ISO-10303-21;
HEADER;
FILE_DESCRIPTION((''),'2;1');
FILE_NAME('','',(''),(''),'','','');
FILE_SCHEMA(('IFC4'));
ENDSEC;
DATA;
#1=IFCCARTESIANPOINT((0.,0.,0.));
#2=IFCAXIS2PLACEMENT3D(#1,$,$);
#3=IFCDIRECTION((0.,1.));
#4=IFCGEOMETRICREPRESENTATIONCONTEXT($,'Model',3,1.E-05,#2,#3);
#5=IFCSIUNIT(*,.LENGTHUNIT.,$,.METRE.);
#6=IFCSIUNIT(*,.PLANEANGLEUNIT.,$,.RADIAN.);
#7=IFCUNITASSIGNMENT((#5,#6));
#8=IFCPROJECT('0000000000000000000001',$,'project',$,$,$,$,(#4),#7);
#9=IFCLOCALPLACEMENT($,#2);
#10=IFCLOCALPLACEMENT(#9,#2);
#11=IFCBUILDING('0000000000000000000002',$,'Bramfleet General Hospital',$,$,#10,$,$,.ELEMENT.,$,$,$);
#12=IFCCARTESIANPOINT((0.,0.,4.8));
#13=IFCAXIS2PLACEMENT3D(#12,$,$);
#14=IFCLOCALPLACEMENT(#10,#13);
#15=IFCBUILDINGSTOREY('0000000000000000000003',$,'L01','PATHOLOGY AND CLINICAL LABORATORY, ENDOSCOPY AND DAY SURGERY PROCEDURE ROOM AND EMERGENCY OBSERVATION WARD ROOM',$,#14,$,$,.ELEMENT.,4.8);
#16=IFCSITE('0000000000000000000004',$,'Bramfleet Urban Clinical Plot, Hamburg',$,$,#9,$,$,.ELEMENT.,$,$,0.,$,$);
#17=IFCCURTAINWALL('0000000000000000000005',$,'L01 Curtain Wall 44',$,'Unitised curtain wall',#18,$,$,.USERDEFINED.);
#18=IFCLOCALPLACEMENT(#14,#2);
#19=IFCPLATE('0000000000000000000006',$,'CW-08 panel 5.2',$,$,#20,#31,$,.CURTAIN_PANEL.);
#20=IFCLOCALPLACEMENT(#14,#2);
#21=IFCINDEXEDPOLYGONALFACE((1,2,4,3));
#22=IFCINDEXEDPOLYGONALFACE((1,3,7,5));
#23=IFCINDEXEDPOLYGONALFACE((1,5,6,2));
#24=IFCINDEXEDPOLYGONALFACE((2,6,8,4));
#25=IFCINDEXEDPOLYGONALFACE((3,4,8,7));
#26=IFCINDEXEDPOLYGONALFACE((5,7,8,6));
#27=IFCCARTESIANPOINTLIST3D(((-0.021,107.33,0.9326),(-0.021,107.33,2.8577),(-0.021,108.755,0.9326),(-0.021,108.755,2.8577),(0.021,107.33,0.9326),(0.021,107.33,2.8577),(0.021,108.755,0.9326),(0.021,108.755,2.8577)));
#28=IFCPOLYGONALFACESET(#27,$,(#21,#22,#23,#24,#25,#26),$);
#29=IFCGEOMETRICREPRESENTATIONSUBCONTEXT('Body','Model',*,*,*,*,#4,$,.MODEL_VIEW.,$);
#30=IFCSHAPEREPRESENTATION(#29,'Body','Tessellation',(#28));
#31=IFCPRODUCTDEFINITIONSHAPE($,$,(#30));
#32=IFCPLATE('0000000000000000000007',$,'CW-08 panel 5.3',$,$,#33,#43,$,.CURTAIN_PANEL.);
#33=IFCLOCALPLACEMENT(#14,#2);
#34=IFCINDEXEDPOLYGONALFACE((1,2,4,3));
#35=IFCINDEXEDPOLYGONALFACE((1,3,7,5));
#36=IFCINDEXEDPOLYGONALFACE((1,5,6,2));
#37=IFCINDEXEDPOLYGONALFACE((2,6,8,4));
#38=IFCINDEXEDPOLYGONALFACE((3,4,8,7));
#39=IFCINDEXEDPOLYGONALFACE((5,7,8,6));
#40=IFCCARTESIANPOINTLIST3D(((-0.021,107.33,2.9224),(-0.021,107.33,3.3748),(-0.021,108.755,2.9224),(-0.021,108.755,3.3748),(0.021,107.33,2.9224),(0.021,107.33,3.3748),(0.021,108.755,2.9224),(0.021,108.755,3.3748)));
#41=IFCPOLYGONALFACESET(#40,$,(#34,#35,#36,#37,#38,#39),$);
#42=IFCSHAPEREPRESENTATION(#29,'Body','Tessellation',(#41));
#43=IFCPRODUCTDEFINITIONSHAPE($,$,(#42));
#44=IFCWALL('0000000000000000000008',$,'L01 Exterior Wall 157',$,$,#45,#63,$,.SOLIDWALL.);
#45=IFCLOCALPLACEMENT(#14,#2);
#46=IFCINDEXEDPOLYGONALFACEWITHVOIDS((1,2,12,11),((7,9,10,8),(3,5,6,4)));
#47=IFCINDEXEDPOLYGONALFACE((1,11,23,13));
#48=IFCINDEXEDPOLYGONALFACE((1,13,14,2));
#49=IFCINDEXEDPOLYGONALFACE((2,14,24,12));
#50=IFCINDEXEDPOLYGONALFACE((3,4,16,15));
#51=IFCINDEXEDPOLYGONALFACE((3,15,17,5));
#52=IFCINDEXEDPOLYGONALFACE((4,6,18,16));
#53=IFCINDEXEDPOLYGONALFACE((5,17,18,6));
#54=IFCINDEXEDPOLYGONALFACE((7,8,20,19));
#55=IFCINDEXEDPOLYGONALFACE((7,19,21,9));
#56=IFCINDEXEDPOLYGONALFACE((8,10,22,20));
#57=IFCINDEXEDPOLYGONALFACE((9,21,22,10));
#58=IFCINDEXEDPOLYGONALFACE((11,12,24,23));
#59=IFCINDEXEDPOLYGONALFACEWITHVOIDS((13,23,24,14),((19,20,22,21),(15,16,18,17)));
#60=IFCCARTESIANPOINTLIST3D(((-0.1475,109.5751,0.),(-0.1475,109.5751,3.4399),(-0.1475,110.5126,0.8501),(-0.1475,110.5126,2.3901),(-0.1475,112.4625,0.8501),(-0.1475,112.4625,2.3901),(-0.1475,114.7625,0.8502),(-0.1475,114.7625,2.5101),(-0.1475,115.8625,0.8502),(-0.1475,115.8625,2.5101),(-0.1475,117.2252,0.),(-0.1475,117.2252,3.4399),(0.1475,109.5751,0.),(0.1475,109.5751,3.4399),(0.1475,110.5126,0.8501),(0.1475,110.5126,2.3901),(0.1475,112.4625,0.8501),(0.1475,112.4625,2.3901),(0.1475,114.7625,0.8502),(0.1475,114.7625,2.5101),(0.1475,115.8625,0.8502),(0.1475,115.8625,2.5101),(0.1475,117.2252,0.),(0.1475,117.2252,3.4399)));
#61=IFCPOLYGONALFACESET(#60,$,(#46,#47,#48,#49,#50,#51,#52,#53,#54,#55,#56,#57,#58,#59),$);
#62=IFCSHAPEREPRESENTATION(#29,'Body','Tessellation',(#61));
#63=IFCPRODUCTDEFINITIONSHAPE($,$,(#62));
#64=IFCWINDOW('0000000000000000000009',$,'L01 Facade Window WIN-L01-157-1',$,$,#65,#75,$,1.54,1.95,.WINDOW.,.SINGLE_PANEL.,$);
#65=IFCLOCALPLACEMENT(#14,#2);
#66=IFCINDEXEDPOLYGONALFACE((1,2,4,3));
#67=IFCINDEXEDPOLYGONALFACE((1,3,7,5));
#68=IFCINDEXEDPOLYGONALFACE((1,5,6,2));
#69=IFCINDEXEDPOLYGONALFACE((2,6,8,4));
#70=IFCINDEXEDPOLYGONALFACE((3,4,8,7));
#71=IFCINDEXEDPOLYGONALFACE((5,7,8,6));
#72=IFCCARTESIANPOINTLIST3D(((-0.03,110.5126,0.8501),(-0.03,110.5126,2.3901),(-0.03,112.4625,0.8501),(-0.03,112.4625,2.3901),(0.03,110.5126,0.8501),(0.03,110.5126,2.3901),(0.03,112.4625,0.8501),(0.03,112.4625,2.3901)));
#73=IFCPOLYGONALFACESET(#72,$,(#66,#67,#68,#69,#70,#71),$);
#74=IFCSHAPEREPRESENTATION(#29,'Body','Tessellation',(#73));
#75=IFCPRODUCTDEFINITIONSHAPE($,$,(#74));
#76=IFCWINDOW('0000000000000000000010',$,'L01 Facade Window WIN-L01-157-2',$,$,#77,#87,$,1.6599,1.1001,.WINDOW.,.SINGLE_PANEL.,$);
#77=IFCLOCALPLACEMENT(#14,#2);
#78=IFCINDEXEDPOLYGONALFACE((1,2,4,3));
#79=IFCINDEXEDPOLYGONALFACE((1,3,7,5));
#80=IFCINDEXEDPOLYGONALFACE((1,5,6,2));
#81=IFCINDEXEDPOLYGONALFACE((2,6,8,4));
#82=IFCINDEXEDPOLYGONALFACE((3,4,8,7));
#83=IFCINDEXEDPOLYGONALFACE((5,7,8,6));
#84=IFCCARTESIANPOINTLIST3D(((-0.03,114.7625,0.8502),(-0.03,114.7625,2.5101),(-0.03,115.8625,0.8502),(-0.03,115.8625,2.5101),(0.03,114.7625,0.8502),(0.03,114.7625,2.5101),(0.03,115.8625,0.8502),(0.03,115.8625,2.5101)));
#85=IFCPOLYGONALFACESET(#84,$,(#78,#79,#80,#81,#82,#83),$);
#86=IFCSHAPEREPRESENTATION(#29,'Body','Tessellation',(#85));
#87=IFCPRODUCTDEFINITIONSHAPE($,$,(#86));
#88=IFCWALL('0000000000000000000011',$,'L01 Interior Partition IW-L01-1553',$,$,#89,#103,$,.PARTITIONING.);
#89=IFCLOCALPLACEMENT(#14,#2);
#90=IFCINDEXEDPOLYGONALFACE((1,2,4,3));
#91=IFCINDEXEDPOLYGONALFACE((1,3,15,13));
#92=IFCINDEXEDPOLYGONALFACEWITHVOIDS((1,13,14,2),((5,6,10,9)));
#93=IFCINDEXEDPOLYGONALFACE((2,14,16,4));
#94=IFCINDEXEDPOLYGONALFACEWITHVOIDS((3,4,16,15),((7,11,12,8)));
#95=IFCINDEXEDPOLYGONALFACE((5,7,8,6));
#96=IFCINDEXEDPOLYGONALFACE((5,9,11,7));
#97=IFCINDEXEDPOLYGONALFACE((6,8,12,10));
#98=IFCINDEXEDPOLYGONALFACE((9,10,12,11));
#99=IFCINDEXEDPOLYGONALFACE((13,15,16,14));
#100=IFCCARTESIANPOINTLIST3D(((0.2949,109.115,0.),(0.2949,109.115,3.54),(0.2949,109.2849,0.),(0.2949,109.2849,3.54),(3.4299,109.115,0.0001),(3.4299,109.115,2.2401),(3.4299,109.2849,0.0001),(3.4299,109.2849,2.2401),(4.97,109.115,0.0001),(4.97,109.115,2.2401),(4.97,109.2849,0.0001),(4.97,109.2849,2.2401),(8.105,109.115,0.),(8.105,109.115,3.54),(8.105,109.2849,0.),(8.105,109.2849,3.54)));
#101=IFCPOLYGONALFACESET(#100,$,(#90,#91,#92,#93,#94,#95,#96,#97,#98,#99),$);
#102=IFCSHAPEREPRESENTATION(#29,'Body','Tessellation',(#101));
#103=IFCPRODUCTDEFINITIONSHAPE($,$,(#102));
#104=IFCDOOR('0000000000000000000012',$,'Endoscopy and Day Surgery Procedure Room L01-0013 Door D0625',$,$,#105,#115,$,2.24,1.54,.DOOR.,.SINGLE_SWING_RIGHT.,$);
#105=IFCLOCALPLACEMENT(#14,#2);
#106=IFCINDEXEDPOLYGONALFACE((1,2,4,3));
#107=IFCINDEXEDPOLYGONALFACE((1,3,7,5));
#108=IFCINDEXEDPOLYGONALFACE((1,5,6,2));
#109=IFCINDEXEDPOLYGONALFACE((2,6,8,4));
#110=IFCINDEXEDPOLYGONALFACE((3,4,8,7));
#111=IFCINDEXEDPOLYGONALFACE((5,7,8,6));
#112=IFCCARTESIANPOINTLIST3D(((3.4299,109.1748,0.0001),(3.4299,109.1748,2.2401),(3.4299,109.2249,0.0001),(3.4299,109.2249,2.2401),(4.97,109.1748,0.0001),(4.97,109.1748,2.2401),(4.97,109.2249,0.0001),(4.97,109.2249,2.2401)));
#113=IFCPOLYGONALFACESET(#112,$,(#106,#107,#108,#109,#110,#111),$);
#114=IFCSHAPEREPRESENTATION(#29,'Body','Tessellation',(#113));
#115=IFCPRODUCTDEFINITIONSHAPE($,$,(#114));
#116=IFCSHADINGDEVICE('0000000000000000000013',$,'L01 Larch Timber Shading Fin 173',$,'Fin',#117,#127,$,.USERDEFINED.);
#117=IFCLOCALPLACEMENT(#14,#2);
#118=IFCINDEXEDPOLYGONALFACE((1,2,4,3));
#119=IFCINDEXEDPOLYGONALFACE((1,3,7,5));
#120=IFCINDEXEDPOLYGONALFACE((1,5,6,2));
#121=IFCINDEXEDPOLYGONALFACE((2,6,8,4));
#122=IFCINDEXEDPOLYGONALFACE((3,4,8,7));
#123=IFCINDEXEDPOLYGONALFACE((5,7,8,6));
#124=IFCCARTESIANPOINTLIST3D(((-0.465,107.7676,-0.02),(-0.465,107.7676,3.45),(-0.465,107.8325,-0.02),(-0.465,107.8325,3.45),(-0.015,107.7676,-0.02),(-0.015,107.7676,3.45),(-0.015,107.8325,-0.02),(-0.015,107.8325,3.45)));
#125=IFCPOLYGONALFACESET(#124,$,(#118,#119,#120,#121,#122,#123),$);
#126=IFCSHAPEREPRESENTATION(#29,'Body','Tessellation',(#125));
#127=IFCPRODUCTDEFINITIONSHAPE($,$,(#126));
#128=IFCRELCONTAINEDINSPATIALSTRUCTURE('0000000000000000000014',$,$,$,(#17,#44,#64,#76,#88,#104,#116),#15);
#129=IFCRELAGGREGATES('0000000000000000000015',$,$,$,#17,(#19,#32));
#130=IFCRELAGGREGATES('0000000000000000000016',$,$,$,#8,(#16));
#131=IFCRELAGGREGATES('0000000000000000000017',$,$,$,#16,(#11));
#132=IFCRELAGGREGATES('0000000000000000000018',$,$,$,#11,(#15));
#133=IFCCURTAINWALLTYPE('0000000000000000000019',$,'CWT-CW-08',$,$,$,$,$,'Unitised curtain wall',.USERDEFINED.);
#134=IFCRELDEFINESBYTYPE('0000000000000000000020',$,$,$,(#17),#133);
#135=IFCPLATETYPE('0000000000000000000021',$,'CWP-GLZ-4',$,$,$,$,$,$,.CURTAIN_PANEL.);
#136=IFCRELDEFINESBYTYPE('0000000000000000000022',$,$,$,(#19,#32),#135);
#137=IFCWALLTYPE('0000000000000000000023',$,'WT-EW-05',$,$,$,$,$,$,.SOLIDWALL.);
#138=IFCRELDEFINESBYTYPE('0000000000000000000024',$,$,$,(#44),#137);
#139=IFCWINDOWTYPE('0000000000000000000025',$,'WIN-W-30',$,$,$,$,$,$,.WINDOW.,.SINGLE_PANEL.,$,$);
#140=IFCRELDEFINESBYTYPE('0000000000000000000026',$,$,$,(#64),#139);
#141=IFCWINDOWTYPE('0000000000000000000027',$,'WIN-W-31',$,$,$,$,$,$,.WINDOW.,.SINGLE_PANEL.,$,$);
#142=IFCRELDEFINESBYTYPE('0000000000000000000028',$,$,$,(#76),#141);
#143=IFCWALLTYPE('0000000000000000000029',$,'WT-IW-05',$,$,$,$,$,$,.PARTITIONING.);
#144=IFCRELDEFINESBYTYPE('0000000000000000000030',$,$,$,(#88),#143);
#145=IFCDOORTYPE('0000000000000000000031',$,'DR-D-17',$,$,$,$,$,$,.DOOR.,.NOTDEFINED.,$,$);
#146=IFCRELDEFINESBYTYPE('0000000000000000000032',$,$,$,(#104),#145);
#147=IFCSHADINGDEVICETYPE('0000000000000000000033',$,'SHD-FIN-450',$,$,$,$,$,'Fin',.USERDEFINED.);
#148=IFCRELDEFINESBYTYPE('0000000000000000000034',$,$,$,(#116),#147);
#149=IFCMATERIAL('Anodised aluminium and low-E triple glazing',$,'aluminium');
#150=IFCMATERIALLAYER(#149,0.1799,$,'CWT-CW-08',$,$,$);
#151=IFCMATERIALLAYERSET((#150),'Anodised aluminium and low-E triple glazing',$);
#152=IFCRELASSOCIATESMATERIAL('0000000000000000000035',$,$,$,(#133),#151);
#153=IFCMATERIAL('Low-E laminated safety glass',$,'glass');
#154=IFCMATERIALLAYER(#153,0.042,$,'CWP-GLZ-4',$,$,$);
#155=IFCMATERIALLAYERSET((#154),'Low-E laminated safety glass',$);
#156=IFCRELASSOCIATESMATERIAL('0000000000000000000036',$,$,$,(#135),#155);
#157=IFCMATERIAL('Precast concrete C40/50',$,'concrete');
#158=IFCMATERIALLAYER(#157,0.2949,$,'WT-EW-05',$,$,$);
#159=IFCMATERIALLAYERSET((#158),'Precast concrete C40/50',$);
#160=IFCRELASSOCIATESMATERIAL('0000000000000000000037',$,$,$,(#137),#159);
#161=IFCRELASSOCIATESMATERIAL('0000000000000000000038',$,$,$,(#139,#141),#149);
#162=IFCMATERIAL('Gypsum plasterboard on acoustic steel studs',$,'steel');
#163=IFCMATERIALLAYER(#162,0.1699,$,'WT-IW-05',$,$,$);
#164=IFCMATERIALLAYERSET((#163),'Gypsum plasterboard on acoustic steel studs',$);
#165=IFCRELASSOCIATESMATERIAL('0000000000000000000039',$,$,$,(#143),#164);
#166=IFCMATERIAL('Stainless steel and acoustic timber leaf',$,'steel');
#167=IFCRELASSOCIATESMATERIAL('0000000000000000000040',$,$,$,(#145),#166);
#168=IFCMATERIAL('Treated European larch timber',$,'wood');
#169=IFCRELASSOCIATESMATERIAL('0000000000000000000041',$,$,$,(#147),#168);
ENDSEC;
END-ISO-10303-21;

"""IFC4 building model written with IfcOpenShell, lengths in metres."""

from ifc_helpers import new_model, si_unit, direction, frame, frame_2d, origin, origin_2d, place, context, subcontext, project, spatial, rectangle, extrude, material, layer, layer_set, material_profile, profile_set, type_object, element, fill, aggregate, save


model = new_model("IFC4")

# Units and contexts
model_context = context("Model", 3, precision=1e-05, world=origin(), true_north=direction((0.0, 1.0)))
body_context = subcontext(model_context, "Body", "Model", "MODEL_VIEW")
ifc_project = project(units=[si_unit("LENGTHUNIT", "METRE"), si_unit("PLANEANGLEUNIT", "RADIAN")], contexts=[model_context])

# Site, building, storey
site_placement = place(None, origin())
site = spatial("IfcSite", under=ifc_project, at=site_placement, Name="Bramfleet Urban Clinical Plot, Hamburg", CompositionType="ELEMENT", RefElevation=0.0)
building_placement = place(site_placement, origin())
building = spatial("IfcBuilding", under=site, at=building_placement, Name="Bramfleet General Hospital", CompositionType="ELEMENT")
storey_placement = place(building_placement, frame((0.0, 0.0, 4.8)))
storey = spatial("IfcBuildingStorey", under=building, at=storey_placement, Name="L01", Description="PATHOLOGY AND CLINICAL LABORATORY, ENDOSCOPY AND DAY SURGERY PROCEDURE ROOM AND EMERGENCY OBSERVATION WARD ROOM", CompositionType="ELEMENT", Elevation=4.8)

# Curtain wall
ifc_material_1 = material(Name="Anodised aluminium and low-E triple glazing", Category="aluminium")
ifc_layer_1 = layer(ifc_material_1, 0.1799, Name="CWT-CW-08")
ifc_layer_set_1 = layer_set([ifc_layer_1], Name="Anodised aluminium and low-E triple glazing")
curtain_wall_type_1 = type_object("IfcCurtainWallType", Name="CWT-CW-08", ElementType="Unitised curtain wall", PredefinedType="USERDEFINED", material=ifc_layer_set_1)
curtain_wall_1_placement = place(storey_placement, origin())
curtain_wall_1 = element("IfcCurtainWall", 1, at=curtain_wall_1_placement, inside=storey, type_object=curtain_wall_type_1, Name="L01 Curtain Wall 44", ObjectType="Unitised curtain wall", PredefinedType="USERDEFINED")

# Plates
ifc_material_2 = material(Name="Low-E laminated safety glass", Category="glass")
ifc_layer_2 = layer(ifc_material_2, 0.042, Name="CWP-GLZ-4")
ifc_layer_set_2 = layer_set([ifc_layer_2], Name="Low-E laminated safety glass")
plate_type = type_object("IfcPlateType", Name="CWP-GLZ-4", PredefinedType="CURTAIN_PANEL", material=ifc_layer_set_2)
plate_1_placement = place(storey_placement, frame((0.0, 108.0425, 0.9326), z_axis=(0.0, 0.0, 1.0), x_axis=(0.0, 1.0, 0.0)))
plate_1 = element("IfcPlate", 2, at=plate_1_placement, type_object=plate_type, Name="CW-08 panel 5.2", PredefinedType="CURTAIN_PANEL", context=body_context, shape_type="SweptSolid", body=[
    extrude(rectangle(XDim=1.425, YDim=0.042, at=origin_2d()), origin(), (0.0, 0.0, 1.0), 1.925),
])
plate_2_placement = place(storey_placement, frame((0.0, 108.0425, 2.9224), z_axis=(0.0, 0.0, 1.0), x_axis=(0.0, 1.0, 0.0)))
plate_2 = element("IfcPlate", 3, at=plate_2_placement, type_object=plate_type, Name="CW-08 panel 5.3", PredefinedType="CURTAIN_PANEL", context=body_context, shape_type="SweptSolid", body=[
    extrude(rectangle(XDim=1.425, YDim=0.042, at=origin_2d()), origin(), (0.0, 0.0, 1.0), 0.4524),
])
aggregate(curtain_wall_1, [plate_1, plate_2])

# Wall, openings, windows
ifc_material_3 = material(Name="Precast concrete C40/50", Category="concrete")
ifc_layer_3 = layer(ifc_material_3, 0.2949, Name="WT-EW-05")
ifc_layer_set_3 = layer_set([ifc_layer_3], Name="Precast concrete C40/50")
wall_type_1 = type_object("IfcWallType", Name="WT-EW-05", PredefinedType="SOLIDWALL", material=ifc_layer_set_3)
wall_1_placement = place(storey_placement, frame((0.0, 109.575, 0.0), z_axis=(0.0, 0.0, 1.0), x_axis=(0.0, 1.0, 0.0)))
wall_1 = element("IfcWall", 4, at=wall_1_placement, inside=storey, type_object=wall_type_1, Name="L01 Exterior Wall 157", PredefinedType="SOLIDWALL", context=body_context, shape_type="SweptSolid", body=[
    extrude(rectangle(XDim=7.6501, YDim=0.2949, at=frame_2d((3.8252, 0.0))), origin(), (0.0, 0.0, 1.0), 3.4399),
])
opening_1_placement = place(wall_1_placement, frame((0.9375, 0.0, 0.8501)))
opening_1 = element("IfcOpeningElement", 5, at=opening_1_placement, cuts=wall_1, PredefinedType="OPENING", context=body_context, shape_type="SweptSolid", body=[
    extrude(rectangle(XDim=1.95, YDim=1.54, at=frame_2d((0.9751, 0.77))), frame((0.0, 0.1575, 0.0), z_axis=(0.0, -1.0, 0.0), x_axis=(1.0, 0.0, 0.0)), (0.0, 0.0, 1.0), 0.3149),
])
opening_2_placement = place(wall_1_placement, frame((5.1875, 0.0, 0.8501)))
opening_2 = element("IfcOpeningElement", 6, at=opening_2_placement, cuts=wall_1, PredefinedType="OPENING", context=body_context, shape_type="SweptSolid", body=[
    extrude(rectangle(XDim=1.1001, YDim=1.6599, at=frame_2d((0.55, 0.8301))), frame((0.0, 0.1575, 0.0), z_axis=(0.0, -1.0, 0.0), x_axis=(1.0, 0.0, 0.0)), (0.0, 0.0, 1.0), 0.3149),
])
window_type_1 = type_object("IfcWindowType", Name="WIN-W-30", PartitioningType="SINGLE_PANEL", PredefinedType="WINDOW", material=ifc_material_1)
window_1_placement = place(opening_1_placement, origin())
window_1 = element("IfcWindow", 7, at=window_1_placement, inside=storey, type_object=window_type_1, Name="L01 Facade Window WIN-L01-157-1", OverallHeight=1.54, OverallWidth=1.95, PartitioningType="SINGLE_PANEL", PredefinedType="WINDOW", context=body_context, shape_type="SweptSolid", body=[
    extrude(rectangle(XDim=1.95, YDim=1.54, at=frame_2d((0.9751, 0.77))), frame((0.0, 0.03, 0.0), z_axis=(0.0, -1.0, 0.0), x_axis=(1.0, 0.0, 0.0)), (0.0, 0.0, 1.0), 0.0601),
])
fill(opening_1, window_1)
window_type_2 = type_object("IfcWindowType", Name="WIN-W-31", PartitioningType="SINGLE_PANEL", PredefinedType="WINDOW", material=ifc_material_1)
window_2_placement = place(opening_2_placement, origin())
window_2 = element("IfcWindow", 8, at=window_2_placement, inside=storey, type_object=window_type_2, Name="L01 Facade Window WIN-L01-157-2", OverallHeight=1.6599, OverallWidth=1.1001, PartitioningType="SINGLE_PANEL", PredefinedType="WINDOW", context=body_context, shape_type="SweptSolid", body=[
    extrude(rectangle(XDim=1.1001, YDim=1.6599, at=frame_2d((0.55, 0.8301))), frame((0.0, 0.03, 0.0), z_axis=(0.0, -1.0, 0.0), x_axis=(1.0, 0.0, 0.0)), (0.0, 0.0, 1.0), 0.0601),
])
fill(opening_2, window_2)

# Wall, opening, door
ifc_material_4 = material(Name="Gypsum plasterboard on acoustic steel studs", Category="steel")
ifc_layer_4 = layer(ifc_material_4, 0.1699, Name="WT-IW-05")
ifc_layer_set_4 = layer_set([ifc_layer_4], Name="Gypsum plasterboard on acoustic steel studs")
wall_type_2 = type_object("IfcWallType", Name="WT-IW-05", PredefinedType="PARTITIONING", material=ifc_layer_set_4)
wall_2_placement = place(storey_placement, frame((0.2949, 109.2, 0.0), z_axis=(0.0, 0.0, 1.0), x_axis=(1.0, 0.0, 0.0)))
wall_2 = element("IfcWall", 9, at=wall_2_placement, inside=storey, type_object=wall_type_2, Name="L01 Interior Partition IW-L01-1553", PredefinedType="PARTITIONING", context=body_context, shape_type="SweptSolid", body=[
    extrude(rectangle(XDim=7.8101, YDim=0.1699, at=frame_2d((3.905, 0.0))), origin(), (0.0, 0.0, 1.0), 3.54),
])
opening_3_placement = place(wall_2_placement, frame((3.135, 0.0, 0.0)))
opening_3 = element("IfcOpeningElement", 10, at=opening_3_placement, cuts=wall_2, PredefinedType="OPENING", context=body_context, shape_type="SweptSolid", body=[
    extrude(rectangle(XDim=1.54, YDim=2.24, at=frame_2d((0.77, 1.1201))), frame((0.0, 0.095, 0.0), z_axis=(0.0, -1.0, 0.0), x_axis=(1.0, 0.0, 0.0)), (0.0, 0.0, 1.0), 0.1899),
])
ifc_material_5 = material(Name="Stainless steel and acoustic timber leaf", Category="steel")
door_type = type_object("IfcDoorType", Name="DR-D-17", OperationType="NOTDEFINED", PredefinedType="DOOR", material=ifc_material_5)
door_placement = place(opening_3_placement, origin())
door = element("IfcDoor", 11, at=door_placement, inside=storey, type_object=door_type, Name="Endoscopy and Day Surgery Procedure Room L01-0013 Door D0625", OperationType="SINGLE_SWING_RIGHT", OverallHeight=2.24, OverallWidth=1.54, PredefinedType="DOOR", context=body_context, shape_type="SweptSolid", body=[
    extrude(rectangle(XDim=1.54, YDim=2.24, at=frame_2d((0.77, 1.1201))), frame((0.0, 0.0249, 0.0), z_axis=(0.0, -1.0, 0.0), x_axis=(1.0, 0.0, 0.0)), (0.0, 0.0, 1.0), 0.05),
])
fill(opening_3, door)

# Shading device
ifc_material_6 = material(Name="Treated European larch timber", Category="wood")
ifc_material_profile_1 = material_profile(ifc_material_6, rectangle(XDim=0.0649, YDim=0.45, at=origin_2d()), Name="LARCH FIN 450x65")
ifc_profile_set_1 = profile_set([ifc_material_profile_1], Name="Treated European larch timber")
shading_device_type = type_object("IfcShadingDeviceType", Name="SHD-FIN-450", ElementType="Fin", PredefinedType="USERDEFINED", material=ifc_profile_set_1)
shading_device_placement = place(storey_placement, frame((-0.24, 107.8, -0.02), z_axis=(0.0, 0.0, 1.0), x_axis=(0.0, 1.0, 0.0)))
element("IfcShadingDevice", 12, at=shading_device_placement, inside=storey, type_object=shading_device_type, Name="L01 Larch Timber Shading Fin 173", ObjectType="Fin", PredefinedType="USERDEFINED", context=body_context, shape_type="SweptSolid", body=[
    extrude(rectangle(XDim=0.0649, YDim=0.45, at=origin_2d()), origin(), (0.0, 0.0, 1.0), 3.47),
])

save(model, "model.ifc")
